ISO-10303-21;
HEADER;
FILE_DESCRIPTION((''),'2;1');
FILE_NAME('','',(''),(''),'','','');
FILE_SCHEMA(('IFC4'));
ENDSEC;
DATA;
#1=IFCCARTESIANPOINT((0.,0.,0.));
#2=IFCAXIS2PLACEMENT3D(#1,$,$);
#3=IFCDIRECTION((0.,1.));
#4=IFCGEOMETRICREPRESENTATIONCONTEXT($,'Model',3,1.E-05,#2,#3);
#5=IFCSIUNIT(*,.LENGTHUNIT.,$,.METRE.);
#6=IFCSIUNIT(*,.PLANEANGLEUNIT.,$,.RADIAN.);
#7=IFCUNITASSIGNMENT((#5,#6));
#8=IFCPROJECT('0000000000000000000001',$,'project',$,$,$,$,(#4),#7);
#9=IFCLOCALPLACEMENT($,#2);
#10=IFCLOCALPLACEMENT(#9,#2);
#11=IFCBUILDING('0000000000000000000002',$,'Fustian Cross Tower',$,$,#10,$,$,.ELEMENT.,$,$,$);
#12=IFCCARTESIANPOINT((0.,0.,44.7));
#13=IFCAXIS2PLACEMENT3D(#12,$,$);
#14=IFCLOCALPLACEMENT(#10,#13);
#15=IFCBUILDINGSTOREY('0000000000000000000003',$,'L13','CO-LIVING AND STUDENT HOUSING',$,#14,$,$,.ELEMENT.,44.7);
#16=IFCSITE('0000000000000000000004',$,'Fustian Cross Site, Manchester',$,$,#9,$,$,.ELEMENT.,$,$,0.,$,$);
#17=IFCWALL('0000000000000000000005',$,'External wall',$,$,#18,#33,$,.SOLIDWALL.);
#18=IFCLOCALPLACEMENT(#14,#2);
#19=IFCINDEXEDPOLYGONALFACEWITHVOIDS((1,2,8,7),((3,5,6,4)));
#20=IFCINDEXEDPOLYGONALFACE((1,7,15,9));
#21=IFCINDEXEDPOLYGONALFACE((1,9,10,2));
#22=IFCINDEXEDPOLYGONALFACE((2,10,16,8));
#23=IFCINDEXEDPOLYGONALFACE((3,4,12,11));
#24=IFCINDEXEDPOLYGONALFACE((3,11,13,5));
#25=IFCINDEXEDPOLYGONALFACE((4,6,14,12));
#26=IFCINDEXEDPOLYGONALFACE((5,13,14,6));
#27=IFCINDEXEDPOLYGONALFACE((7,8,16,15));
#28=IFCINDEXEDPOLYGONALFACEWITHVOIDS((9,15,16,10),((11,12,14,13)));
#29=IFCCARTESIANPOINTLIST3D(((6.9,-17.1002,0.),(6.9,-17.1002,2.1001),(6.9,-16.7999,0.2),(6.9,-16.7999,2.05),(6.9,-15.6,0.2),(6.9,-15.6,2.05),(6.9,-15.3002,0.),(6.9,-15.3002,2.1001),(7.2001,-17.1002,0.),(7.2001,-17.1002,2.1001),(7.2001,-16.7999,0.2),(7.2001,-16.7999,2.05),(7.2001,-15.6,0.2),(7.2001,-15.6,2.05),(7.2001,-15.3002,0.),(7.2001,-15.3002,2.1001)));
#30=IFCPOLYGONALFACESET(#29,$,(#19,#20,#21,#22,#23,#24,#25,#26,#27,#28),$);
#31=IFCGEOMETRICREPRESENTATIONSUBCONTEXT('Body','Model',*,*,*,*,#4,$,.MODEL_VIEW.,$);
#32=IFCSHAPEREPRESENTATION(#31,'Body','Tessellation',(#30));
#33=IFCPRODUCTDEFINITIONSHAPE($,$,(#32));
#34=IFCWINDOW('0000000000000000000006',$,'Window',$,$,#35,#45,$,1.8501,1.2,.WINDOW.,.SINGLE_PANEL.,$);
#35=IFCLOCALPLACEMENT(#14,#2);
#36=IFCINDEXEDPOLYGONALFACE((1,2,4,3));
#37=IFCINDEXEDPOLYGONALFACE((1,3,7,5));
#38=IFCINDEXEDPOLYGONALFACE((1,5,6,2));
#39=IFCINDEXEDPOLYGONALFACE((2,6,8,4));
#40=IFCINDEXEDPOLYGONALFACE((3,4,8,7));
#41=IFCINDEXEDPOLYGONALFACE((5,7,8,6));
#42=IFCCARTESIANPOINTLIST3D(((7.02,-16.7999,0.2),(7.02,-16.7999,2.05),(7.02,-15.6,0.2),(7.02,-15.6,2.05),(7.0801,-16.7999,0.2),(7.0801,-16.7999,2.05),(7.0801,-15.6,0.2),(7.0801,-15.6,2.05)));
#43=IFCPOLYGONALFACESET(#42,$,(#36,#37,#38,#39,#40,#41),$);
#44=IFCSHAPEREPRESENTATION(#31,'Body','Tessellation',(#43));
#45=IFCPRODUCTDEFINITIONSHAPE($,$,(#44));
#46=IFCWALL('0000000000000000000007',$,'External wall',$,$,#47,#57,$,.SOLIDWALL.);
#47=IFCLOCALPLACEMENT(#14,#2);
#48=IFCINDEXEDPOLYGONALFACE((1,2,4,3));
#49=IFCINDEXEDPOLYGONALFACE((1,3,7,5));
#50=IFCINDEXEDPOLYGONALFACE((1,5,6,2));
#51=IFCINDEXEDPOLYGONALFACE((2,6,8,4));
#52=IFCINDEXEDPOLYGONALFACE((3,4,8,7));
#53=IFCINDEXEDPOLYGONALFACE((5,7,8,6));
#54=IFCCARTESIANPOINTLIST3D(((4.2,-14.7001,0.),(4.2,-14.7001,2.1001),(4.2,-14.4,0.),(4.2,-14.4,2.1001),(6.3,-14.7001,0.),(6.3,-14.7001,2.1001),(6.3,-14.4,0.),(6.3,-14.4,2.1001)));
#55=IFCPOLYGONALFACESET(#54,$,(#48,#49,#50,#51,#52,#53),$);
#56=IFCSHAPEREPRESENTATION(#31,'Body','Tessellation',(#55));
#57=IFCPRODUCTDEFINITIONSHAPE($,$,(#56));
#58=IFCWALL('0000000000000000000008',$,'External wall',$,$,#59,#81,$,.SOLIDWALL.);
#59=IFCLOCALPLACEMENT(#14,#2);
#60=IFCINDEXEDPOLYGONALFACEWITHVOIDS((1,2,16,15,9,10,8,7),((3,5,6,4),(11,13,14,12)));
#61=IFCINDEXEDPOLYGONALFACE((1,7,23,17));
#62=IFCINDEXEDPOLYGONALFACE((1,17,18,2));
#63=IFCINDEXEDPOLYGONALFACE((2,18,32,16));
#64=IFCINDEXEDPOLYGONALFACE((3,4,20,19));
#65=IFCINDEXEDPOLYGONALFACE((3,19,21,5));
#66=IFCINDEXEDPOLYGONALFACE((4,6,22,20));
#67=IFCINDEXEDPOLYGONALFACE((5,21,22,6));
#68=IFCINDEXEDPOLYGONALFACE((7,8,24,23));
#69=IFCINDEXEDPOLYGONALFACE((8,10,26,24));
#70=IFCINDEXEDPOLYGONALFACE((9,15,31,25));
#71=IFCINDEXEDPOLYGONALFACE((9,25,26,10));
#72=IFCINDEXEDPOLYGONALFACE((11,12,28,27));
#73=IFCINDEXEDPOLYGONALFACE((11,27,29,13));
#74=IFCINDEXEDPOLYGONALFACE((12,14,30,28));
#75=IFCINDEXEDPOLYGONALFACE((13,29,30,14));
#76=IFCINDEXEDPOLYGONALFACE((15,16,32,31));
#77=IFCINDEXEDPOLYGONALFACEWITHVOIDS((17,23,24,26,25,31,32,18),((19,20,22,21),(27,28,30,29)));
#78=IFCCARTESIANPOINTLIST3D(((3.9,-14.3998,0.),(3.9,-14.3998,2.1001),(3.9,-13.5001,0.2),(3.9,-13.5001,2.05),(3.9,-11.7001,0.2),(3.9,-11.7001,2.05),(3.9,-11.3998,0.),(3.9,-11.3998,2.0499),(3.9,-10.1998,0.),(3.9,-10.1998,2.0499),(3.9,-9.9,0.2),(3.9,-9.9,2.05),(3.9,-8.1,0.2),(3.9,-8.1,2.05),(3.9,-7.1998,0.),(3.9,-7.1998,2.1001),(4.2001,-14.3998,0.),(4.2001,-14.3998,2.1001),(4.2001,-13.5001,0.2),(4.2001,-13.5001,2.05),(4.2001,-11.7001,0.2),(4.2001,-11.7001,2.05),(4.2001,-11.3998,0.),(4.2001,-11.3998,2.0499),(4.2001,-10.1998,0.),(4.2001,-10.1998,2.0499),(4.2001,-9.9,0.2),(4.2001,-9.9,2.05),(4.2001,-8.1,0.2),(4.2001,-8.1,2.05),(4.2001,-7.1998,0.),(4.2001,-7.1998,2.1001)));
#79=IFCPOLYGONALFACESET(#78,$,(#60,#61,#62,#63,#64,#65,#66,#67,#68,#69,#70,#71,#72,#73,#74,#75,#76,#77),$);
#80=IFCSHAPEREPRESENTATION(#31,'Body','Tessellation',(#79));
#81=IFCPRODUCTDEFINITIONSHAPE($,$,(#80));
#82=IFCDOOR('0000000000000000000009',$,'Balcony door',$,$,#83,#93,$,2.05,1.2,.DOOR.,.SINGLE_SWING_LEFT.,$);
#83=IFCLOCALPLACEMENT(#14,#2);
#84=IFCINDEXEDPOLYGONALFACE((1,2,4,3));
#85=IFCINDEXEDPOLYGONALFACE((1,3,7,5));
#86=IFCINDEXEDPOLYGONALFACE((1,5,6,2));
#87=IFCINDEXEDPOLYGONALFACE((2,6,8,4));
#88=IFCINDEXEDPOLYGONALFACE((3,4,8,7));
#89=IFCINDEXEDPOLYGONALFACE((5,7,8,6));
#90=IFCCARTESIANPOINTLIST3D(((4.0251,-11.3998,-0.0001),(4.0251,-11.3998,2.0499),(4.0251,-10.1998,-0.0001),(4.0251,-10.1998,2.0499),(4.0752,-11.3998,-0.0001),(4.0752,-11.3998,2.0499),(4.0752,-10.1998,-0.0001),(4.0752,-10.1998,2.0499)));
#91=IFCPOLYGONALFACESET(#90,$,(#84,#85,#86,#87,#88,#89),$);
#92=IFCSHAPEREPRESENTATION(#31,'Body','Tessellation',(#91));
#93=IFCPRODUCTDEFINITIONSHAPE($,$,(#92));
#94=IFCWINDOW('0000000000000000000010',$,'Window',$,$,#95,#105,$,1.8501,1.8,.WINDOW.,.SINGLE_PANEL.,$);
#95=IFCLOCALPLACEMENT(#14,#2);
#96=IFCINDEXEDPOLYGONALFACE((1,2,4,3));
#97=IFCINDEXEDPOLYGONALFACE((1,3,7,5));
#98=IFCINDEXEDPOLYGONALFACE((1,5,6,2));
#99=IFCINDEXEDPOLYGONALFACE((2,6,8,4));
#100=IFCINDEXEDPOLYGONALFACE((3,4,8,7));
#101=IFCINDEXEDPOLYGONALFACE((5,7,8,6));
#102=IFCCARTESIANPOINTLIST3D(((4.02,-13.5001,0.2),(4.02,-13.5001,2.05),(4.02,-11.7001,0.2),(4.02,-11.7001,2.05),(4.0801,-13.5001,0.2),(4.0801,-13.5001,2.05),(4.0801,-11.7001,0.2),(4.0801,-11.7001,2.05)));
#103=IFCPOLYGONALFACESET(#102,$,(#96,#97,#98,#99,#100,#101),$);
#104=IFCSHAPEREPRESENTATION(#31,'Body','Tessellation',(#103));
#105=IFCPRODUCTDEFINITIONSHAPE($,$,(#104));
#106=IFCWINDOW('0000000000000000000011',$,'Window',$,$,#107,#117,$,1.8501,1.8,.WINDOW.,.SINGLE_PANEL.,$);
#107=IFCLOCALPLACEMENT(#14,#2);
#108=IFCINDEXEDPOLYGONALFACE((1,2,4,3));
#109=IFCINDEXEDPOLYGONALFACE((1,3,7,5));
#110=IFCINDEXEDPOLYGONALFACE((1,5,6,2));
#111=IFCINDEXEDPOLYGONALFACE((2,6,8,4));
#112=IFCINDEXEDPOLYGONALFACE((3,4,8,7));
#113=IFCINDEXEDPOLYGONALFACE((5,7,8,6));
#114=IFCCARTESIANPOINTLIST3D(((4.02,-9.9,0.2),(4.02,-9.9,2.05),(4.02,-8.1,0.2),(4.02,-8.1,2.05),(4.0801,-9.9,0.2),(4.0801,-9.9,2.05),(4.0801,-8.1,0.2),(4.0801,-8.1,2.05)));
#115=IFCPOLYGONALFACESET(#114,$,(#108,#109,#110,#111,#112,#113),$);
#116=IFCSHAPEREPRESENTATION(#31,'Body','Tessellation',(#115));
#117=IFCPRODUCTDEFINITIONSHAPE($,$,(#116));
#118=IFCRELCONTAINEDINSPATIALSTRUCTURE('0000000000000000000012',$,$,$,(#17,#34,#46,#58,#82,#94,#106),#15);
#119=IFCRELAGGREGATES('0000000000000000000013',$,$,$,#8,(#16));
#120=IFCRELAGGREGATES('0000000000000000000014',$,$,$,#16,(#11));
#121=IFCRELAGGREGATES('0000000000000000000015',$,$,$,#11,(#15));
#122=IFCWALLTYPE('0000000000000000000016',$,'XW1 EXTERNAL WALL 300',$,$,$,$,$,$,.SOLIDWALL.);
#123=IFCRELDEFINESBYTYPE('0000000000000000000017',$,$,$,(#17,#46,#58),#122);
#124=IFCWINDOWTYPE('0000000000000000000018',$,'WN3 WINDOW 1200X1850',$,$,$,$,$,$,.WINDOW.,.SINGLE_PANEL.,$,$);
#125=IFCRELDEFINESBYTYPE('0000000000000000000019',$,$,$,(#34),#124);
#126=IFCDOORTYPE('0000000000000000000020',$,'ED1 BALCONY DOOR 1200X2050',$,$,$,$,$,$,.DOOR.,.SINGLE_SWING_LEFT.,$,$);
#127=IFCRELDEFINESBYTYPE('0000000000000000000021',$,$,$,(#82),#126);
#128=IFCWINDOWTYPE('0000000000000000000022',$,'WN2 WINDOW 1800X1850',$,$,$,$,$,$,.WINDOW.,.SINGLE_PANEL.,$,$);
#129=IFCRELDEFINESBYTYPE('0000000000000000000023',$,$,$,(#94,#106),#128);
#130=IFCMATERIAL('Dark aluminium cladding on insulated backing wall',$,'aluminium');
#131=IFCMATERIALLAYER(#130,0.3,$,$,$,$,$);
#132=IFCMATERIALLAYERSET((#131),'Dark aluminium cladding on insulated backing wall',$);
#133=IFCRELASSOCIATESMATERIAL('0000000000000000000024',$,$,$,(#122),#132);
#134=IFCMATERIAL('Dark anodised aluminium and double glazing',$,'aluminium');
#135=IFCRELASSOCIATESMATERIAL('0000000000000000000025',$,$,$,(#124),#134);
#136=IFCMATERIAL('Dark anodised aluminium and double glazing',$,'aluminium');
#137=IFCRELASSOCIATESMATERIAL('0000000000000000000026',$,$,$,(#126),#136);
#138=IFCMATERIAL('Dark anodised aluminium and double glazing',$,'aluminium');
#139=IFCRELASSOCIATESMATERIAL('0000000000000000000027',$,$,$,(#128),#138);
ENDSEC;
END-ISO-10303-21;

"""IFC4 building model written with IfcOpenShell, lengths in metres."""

from ifc_helpers import new_model, si_unit, direction, frame, frame_2d, origin, place, context, subcontext, project, spatial, rectangle, extrude, material, layer, layer_set, type_object, element, fill, save


model = new_model("IFC4")

# Units and contexts
model_context = context("Model", 3, precision=1e-05, world=origin(), true_north=direction((0.0, 1.0)))
body_context = subcontext(model_context, "Body", "Model", "MODEL_VIEW")
ifc_project = project(units=[si_unit("LENGTHUNIT", "METRE"), si_unit("PLANEANGLEUNIT", "RADIAN")], contexts=[model_context])

# Site, building, storey
site_placement = place(None, origin())
site = spatial("IfcSite", under=ifc_project, at=site_placement, Name="Fustian Cross Site, Manchester", CompositionType="ELEMENT", RefElevation=0.0)
building_placement = place(site_placement, origin())
building = spatial("IfcBuilding", under=site, at=building_placement, Name="Fustian Cross Tower", CompositionType="ELEMENT")
storey_placement = place(building_placement, frame((0.0, 0.0, 44.7)))
storey = spatial("IfcBuildingStorey", under=building, at=storey_placement, Name="L13", Description="CO-LIVING AND STUDENT HOUSING", CompositionType="ELEMENT", Elevation=44.7)

# Wall, opening, window
ifc_material_1 = material(Name="Dark aluminium cladding on insulated backing wall", Category="aluminium")
ifc_layer_1 = layer(ifc_material_1, 0.3)
ifc_layer_set_1 = layer_set([ifc_layer_1], Name="Dark aluminium cladding on insulated backing wall")
wall_type_1 = type_object("IfcWallType", Name="XW1 EXTERNAL WALL 300", PredefinedType="SOLIDWALL", material=ifc_layer_set_1)
wall_1_placement = place(storey_placement, frame((7.05, -17.1001, 0.0), z_axis=(0.0, 0.0, 1.0), x_axis=(0.0, 1.0, 0.0)))
wall_1 = element("IfcWall", 1, at=wall_1_placement, inside=storey, type_object=wall_type_1, Name="External wall", PredefinedType="SOLIDWALL", context=body_context, shape_type="SweptSolid", body=[
    extrude(rectangle(XDim=1.8, YDim=0.3, at=frame_2d((0.8999, 0.0))), origin(), (0.0, 0.0, 1.0), 2.1001),
])
opening_1_placement = place(wall_1_placement, frame((0.3, 0.0, 0.2)))
opening_1 = element("IfcOpeningElement", 2, at=opening_1_placement, cuts=wall_1, PredefinedType="OPENING", context=body_context, shape_type="SweptSolid", body=[
    extrude(rectangle(XDim=1.2, YDim=1.8501, at=frame_2d((0.6001, 0.925))), frame((0.0, 0.1599, 0.0), z_axis=(0.0, -1.0, 0.0), x_axis=(1.0, 0.0, 0.0)), (0.0, 0.0, 1.0), 0.3201),
])
ifc_material_2 = material(Name="Dark anodised aluminium and double glazing", Category="aluminium")
window_type_1 = type_object("IfcWindowType", Name="WN3 WINDOW 1200X1850", PartitioningType="SINGLE_PANEL", PredefinedType="WINDOW", material=ifc_material_2)
window_1_placement = place(opening_1_placement, origin())
window_1 = element("IfcWindow", 3, at=window_1_placement, inside=storey, type_object=window_type_1, Name="Window", OverallHeight=1.8501, OverallWidth=1.2, PartitioningType="SINGLE_PANEL", PredefinedType="WINDOW", context=body_context, shape_type="SweptSolid", body=[
    extrude(rectangle(XDim=1.2, YDim=1.8501, at=frame_2d((0.6001, 0.925))), frame((0.0, 0.03, 0.0), z_axis=(0.0, -1.0, 0.0), x_axis=(1.0, 0.0, 0.0)), (0.0, 0.0, 1.0), 0.0601),
])
fill(opening_1, window_1)

# Wall
wall_2_placement = place(storey_placement, frame((6.3, -14.55, 0.0), z_axis=(0.0, 0.0, 1.0), x_axis=(-1.0, 0.0, 0.0)))
element("IfcWall", 4, at=wall_2_placement, inside=storey, type_object=wall_type_1, Name="External wall", PredefinedType="SOLIDWALL", context=body_context, shape_type="SweptSolid", body=[
    extrude(rectangle(XDim=2.1001, YDim=0.3, at=frame_2d((1.05, 0.0))), origin(), (0.0, 0.0, 1.0), 2.1001),
])

# Wall, openings, door, windows
wall_3_placement = place(storey_placement, frame((4.05, -14.3999, 0.0), z_axis=(0.0, 0.0, 1.0), x_axis=(0.0, 1.0, 0.0)))
wall_3 = element("IfcWall", 5, at=wall_3_placement, inside=storey, type_object=wall_type_1, Name="External wall", PredefinedType="SOLIDWALL", context=body_context, shape_type="SweptSolid", body=[
    extrude(rectangle(XDim=7.2, YDim=0.3, at=frame_2d((3.6001, 0.0))), origin(), (0.0, 0.0, 1.0), 2.1001),
])
opening_2_placement = place(wall_3_placement, frame((3.0, 0.0, 0.0)))
opening_2 = element("IfcOpeningElement", 6, at=opening_2_placement, cuts=wall_3, PredefinedType="OPENING", context=body_context, shape_type="SweptSolid", body=[
    extrude(rectangle(XDim=1.2, YDim=2.05, at=frame_2d((0.6001, 1.0249))), frame((0.0, 0.1599, 0.0), z_axis=(0.0, -1.0, 0.0), x_axis=(1.0, 0.0, 0.0)), (0.0, 0.0, 1.0), 0.3201),
])
opening_3_placement = place(wall_3_placement, frame((0.8999, 0.0, 0.2)))
opening_3 = element("IfcOpeningElement", 7, at=opening_3_placement, cuts=wall_3, PredefinedType="OPENING", context=body_context, shape_type="SweptSolid", body=[
    extrude(rectangle(XDim=1.8, YDim=1.8501, at=frame_2d((0.8999, 0.925))), frame((0.0, 0.1599, 0.0), z_axis=(0.0, -1.0, 0.0), x_axis=(1.0, 0.0, 0.0)), (0.0, 0.0, 1.0), 0.3201),
])
opening_4_placement = place(wall_3_placement, frame((4.5, 0.0, 0.2)))
opening_4 = element("IfcOpeningElement", 8, at=opening_4_placement, cuts=wall_3, PredefinedType="OPENING", context=body_context, shape_type="SweptSolid", body=[
    extrude(rectangle(XDim=1.8, YDim=1.8501, at=frame_2d((0.8999, 0.925))), frame((0.0, 0.1599, 0.0), z_axis=(0.0, -1.0, 0.0), x_axis=(1.0, 0.0, 0.0)), (0.0, 0.0, 1.0), 0.3201),
])
ifc_material_3 = material(Name="Dark anodised aluminium and double glazing", Category="aluminium")
door_type = type_object("IfcDoorType", Name="ED1 BALCONY DOOR 1200X2050", OperationType="SINGLE_SWING_LEFT", PredefinedType="DOOR", material=ifc_material_3)
door_placement = place(opening_2_placement, origin())
door = element("IfcDoor", 9, at=door_placement, inside=storey, type_object=door_type, Name="Balcony door", OperationType="SINGLE_SWING_LEFT", OverallHeight=2.05, OverallWidth=1.2, PredefinedType="DOOR", context=body_context, shape_type="SweptSolid", body=[
    extrude(rectangle(XDim=1.2, YDim=2.05, at=frame_2d((0.6001, 1.0249))), frame((0.0, 0.0249, 0.0), z_axis=(0.0, -1.0, 0.0), x_axis=(1.0, 0.0, 0.0)), (0.0, 0.0, 1.0), 0.05),
])
fill(opening_2, door)
ifc_material_4 = material(Name="Dark anodised aluminium and double glazing", Category="aluminium")
window_type_2 = type_object("IfcWindowType", Name="WN2 WINDOW 1800X1850", PartitioningType="SINGLE_PANEL", PredefinedType="WINDOW", material=ifc_material_4)
window_2_placement = place(opening_3_placement, origin())
window_2 = element("IfcWindow", 10, at=window_2_placement, inside=storey, type_object=window_type_2, Name="Window", OverallHeight=1.8501, OverallWidth=1.8, PartitioningType="SINGLE_PANEL", PredefinedType="WINDOW", context=body_context, shape_type="SweptSolid", body=[
    extrude(rectangle(XDim=1.8, YDim=1.8501, at=frame_2d((0.8999, 0.925))), frame((0.0, 0.03, 0.0), z_axis=(0.0, -1.0, 0.0), x_axis=(1.0, 0.0, 0.0)), (0.0, 0.0, 1.0), 0.0601),
])
fill(opening_3, window_2)
window_3_placement = place(opening_4_placement, origin())
window_3 = element("IfcWindow", 11, at=window_3_placement, inside=storey, type_object=window_type_2, Name="Window", OverallHeight=1.8501, OverallWidth=1.8, PartitioningType="SINGLE_PANEL", PredefinedType="WINDOW", context=body_context, shape_type="SweptSolid", body=[
    extrude(rectangle(XDim=1.8, YDim=1.8501, at=frame_2d((0.8999, 0.925))), frame((0.0, 0.03, 0.0), z_axis=(0.0, -1.0, 0.0), x_axis=(1.0, 0.0, 0.0)), (0.0, 0.0, 1.0), 0.0601),
])
fill(opening_4, window_3)

save(model, "model.ifc")
